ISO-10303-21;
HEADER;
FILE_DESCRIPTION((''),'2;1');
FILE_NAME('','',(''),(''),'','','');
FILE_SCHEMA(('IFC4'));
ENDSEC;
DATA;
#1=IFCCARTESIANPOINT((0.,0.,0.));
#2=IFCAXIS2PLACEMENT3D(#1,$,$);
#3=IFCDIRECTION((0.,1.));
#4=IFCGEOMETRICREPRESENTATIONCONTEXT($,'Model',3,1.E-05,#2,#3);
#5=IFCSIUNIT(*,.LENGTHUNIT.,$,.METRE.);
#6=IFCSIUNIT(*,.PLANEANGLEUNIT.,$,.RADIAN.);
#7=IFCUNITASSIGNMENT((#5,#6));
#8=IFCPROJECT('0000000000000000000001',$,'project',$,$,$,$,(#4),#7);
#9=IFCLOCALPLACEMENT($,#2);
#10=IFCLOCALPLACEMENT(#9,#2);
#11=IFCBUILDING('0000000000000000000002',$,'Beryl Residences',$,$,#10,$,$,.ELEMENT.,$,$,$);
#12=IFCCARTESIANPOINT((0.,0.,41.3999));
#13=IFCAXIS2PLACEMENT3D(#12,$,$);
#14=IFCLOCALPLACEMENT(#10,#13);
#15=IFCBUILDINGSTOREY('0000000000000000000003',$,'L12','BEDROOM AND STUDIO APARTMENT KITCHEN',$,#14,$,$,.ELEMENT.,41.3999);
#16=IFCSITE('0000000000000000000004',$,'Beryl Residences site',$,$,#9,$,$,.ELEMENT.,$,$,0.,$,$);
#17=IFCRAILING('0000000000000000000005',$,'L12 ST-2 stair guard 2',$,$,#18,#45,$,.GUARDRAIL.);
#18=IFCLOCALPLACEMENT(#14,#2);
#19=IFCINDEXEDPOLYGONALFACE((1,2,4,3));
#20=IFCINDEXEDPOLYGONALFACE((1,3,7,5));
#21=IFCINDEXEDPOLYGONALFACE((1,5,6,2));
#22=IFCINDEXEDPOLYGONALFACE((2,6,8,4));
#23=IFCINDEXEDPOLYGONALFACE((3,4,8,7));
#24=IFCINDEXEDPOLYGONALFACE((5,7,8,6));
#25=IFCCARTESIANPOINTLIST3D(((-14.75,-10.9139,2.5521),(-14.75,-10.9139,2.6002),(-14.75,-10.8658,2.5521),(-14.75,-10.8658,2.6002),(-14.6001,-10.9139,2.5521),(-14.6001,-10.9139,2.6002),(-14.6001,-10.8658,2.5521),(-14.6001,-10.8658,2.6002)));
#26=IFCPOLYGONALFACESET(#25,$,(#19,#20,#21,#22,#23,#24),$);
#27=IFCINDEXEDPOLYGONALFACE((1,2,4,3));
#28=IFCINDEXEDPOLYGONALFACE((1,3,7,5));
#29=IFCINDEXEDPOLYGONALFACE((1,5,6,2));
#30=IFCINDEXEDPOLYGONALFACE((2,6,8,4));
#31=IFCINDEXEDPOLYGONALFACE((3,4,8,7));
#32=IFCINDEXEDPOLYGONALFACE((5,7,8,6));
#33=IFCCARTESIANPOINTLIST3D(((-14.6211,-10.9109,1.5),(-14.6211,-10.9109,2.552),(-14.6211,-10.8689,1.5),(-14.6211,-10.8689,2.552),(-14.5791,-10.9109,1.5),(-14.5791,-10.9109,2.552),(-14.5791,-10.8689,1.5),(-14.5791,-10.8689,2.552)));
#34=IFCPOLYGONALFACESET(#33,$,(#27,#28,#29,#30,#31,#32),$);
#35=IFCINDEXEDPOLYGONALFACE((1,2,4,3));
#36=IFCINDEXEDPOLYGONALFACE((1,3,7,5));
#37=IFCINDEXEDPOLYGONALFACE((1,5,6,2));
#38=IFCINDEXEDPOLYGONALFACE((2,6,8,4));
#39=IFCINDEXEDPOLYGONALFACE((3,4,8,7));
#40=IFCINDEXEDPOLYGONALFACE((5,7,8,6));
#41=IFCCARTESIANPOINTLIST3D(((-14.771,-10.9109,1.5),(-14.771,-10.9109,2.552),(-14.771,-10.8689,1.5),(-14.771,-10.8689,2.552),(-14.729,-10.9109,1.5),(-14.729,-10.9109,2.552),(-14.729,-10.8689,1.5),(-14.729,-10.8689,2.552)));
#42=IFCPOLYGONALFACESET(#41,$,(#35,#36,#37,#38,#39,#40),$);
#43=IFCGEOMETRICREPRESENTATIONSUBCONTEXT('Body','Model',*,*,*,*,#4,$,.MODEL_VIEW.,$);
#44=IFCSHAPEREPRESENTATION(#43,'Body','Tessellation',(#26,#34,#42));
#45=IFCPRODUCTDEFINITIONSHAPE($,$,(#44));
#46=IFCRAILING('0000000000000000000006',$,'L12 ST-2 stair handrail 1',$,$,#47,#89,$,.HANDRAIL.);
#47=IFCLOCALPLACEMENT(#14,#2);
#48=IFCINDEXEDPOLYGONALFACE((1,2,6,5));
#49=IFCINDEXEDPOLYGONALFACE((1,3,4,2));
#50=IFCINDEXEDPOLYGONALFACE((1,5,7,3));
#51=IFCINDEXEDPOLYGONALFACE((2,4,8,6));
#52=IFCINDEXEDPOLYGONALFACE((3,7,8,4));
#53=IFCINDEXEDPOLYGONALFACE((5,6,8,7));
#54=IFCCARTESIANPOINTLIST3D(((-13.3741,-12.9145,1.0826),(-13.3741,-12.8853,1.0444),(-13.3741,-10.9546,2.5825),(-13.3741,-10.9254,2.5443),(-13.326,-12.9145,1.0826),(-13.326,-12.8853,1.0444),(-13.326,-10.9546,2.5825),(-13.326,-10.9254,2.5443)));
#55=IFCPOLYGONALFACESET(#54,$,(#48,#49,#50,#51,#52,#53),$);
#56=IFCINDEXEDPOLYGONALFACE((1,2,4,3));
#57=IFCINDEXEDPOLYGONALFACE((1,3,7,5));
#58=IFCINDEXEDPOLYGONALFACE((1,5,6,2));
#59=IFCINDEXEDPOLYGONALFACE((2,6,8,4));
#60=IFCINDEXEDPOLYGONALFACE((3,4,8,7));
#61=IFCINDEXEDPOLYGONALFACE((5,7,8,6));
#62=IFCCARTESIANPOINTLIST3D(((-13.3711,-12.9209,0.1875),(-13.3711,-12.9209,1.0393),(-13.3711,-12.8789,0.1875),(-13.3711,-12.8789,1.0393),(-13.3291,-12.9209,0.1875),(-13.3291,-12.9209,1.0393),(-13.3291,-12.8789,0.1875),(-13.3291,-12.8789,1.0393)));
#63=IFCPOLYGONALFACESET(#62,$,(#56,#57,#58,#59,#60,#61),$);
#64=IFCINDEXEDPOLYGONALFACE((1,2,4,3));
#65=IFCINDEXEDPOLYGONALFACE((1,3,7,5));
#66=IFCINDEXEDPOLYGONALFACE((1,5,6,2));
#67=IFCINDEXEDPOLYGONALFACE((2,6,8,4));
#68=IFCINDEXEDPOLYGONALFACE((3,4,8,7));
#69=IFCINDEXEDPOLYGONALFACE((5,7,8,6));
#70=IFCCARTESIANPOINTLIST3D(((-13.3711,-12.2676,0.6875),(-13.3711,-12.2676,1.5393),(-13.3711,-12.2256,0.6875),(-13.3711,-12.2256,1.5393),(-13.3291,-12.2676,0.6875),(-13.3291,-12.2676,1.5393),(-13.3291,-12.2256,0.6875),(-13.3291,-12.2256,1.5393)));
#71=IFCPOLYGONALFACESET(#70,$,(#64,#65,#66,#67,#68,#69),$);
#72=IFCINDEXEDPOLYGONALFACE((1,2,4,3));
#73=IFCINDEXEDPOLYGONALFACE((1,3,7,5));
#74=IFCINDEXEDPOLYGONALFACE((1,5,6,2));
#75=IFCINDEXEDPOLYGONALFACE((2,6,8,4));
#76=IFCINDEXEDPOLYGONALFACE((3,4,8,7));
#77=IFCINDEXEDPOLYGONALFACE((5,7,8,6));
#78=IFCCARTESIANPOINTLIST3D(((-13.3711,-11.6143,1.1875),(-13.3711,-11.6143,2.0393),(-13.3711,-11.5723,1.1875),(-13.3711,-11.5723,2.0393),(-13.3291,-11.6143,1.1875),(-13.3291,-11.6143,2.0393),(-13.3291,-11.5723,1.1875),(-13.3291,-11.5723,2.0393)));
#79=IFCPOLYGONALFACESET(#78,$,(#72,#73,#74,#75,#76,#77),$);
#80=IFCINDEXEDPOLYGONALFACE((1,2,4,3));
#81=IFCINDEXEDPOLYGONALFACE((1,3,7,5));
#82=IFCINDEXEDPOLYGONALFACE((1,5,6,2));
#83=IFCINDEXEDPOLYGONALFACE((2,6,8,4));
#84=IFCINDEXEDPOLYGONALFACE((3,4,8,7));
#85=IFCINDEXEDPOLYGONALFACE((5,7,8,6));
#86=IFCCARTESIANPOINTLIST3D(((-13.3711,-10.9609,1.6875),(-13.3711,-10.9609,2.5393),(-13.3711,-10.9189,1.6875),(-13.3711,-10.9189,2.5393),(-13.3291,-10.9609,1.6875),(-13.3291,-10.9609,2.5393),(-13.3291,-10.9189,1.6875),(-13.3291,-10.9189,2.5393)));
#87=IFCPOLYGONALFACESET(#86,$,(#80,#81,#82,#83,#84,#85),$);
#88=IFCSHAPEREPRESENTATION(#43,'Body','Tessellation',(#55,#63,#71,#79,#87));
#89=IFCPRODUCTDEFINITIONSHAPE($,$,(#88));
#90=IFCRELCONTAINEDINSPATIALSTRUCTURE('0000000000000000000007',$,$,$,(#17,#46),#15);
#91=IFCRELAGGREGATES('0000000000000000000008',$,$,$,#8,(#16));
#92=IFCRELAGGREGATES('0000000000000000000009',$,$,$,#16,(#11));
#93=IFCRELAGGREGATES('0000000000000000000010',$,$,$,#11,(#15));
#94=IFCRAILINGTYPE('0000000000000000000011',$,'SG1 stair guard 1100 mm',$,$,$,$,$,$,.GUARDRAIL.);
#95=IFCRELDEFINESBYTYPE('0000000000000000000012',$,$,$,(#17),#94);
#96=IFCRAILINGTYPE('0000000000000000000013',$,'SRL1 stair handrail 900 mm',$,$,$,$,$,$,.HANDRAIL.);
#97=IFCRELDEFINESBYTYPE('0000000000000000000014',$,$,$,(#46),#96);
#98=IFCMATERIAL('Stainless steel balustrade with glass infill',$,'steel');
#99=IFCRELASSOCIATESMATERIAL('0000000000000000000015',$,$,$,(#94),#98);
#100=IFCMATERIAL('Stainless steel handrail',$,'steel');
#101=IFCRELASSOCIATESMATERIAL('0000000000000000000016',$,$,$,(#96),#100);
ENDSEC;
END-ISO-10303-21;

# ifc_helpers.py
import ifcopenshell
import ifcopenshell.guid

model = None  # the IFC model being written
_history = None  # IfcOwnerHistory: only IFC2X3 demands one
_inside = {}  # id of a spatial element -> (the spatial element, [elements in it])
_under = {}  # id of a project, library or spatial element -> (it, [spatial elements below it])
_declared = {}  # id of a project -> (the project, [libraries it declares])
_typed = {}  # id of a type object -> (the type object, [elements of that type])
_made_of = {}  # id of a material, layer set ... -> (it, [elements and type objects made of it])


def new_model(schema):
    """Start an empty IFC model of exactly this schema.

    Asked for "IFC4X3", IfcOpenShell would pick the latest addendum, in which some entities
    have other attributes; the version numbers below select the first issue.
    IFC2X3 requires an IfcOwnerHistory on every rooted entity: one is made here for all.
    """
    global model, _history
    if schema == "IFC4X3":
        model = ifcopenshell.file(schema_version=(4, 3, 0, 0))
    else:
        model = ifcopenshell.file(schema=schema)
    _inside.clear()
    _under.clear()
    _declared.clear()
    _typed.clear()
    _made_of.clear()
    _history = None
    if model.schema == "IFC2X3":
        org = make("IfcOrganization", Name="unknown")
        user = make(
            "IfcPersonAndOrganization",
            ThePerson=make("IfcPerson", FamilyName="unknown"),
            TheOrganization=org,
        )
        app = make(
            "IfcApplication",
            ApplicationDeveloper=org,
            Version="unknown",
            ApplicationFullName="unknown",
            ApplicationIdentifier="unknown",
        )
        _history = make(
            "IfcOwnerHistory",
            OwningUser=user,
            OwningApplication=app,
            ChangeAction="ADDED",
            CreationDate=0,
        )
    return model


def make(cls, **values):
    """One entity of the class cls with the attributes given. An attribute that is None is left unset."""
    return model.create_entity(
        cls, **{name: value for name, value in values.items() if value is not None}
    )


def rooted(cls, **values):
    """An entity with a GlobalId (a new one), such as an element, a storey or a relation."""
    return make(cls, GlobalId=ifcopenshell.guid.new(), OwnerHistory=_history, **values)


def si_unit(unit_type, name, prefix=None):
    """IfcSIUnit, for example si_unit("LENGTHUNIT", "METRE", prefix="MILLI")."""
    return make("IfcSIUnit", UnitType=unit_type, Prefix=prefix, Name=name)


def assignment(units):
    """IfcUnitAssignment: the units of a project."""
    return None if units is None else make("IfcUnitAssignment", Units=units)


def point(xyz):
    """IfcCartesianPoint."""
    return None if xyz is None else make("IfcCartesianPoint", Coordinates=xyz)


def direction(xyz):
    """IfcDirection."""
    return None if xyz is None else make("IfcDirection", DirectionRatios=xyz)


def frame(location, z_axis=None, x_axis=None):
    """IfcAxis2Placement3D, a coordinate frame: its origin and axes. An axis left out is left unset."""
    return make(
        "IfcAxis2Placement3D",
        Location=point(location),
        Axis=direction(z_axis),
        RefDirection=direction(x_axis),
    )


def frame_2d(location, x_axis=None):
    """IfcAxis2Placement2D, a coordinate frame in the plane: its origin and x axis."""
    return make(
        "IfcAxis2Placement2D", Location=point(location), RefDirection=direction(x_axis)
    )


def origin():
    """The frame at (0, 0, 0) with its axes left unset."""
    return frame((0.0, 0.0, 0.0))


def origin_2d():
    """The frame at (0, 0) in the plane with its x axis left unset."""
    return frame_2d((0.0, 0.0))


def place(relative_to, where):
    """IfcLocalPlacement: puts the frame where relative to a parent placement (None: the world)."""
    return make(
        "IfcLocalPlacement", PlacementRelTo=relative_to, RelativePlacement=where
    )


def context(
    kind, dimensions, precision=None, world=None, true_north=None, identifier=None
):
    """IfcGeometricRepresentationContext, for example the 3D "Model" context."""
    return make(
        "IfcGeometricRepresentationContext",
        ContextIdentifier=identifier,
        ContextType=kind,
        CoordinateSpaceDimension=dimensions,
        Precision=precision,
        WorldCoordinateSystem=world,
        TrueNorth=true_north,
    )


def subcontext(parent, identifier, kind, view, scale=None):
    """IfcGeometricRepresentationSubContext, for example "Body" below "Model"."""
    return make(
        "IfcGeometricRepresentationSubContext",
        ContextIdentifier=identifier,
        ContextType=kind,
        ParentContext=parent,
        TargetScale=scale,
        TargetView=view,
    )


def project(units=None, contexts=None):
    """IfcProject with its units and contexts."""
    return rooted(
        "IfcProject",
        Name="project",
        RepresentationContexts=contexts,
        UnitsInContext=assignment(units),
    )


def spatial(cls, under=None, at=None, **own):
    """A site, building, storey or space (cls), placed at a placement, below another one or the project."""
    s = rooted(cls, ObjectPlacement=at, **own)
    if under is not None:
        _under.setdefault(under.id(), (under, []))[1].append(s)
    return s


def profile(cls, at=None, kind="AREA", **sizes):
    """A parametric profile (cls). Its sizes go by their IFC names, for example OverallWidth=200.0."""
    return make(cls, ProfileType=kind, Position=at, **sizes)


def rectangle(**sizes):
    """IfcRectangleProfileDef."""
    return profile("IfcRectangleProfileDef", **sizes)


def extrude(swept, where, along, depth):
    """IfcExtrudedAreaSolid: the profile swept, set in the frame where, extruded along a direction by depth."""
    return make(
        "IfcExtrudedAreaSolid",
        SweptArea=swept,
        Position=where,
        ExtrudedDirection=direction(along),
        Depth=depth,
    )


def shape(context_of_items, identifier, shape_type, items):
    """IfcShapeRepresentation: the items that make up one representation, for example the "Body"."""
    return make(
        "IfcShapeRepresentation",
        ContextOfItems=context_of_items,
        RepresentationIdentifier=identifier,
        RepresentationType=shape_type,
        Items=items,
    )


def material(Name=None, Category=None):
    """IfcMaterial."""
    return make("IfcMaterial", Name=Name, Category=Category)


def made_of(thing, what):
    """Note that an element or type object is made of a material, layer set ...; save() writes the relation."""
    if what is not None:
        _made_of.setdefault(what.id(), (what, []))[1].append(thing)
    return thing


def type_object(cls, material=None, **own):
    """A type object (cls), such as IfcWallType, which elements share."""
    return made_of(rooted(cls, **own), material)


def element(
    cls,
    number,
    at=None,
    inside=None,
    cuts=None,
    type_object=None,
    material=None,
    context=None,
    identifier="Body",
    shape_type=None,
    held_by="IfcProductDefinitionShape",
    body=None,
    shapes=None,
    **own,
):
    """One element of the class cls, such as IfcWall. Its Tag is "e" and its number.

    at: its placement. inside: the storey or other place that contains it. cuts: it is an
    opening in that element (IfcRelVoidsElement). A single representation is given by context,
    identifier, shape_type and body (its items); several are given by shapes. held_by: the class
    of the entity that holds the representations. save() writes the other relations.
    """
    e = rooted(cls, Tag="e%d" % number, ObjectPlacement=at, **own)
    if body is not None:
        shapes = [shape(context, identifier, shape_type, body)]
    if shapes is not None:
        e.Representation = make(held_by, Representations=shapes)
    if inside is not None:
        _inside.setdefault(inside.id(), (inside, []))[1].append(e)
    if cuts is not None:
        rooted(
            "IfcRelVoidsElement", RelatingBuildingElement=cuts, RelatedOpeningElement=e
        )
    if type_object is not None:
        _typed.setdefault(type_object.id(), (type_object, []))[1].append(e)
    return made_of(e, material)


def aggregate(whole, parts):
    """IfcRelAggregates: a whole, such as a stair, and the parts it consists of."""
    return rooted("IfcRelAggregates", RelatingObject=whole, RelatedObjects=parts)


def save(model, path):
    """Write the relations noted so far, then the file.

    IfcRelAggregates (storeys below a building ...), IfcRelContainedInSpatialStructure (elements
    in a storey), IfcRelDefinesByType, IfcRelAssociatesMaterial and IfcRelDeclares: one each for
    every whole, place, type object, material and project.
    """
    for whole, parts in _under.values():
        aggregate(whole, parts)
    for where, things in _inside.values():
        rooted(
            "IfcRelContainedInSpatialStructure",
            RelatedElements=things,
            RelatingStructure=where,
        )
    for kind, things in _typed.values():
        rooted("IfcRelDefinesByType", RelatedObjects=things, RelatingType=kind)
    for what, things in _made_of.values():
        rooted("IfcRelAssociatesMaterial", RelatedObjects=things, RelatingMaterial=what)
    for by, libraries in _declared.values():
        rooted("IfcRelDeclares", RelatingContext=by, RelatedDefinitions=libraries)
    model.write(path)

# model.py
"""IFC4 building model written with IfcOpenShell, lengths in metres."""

from ifc_helpers import new_model, si_unit, direction, frame, origin, origin_2d, place, context, subcontext, project, spatial, rectangle, extrude, material, type_object, element, save


model = new_model("IFC4")

# Units and contexts
model_context = context("Model", 3, precision=1e-05, world=origin(), true_north=direction((0.0, 1.0)))
body_context = subcontext(model_context, "Body", "Model", "MODEL_VIEW")
ifc_project = project(units=[si_unit("LENGTHUNIT", "METRE"), si_unit("PLANEANGLEUNIT", "RADIAN")], contexts=[model_context])

# Site, building, storey
site_placement = place(None, origin())
site = spatial("IfcSite", under=ifc_project, at=site_placement, Name="Beryl Residences site", CompositionType="ELEMENT", RefElevation=0.0)
building_placement = place(site_placement, origin())
building = spatial("IfcBuilding", under=site, at=building_placement, Name="Beryl Residences", CompositionType="ELEMENT")
storey_placement = place(building_placement, frame((0.0, 0.0, 41.3999)))
storey = spatial("IfcBuildingStorey", under=building, at=storey_placement, Name="L12", Description="BEDROOM AND STUDIO APARTMENT KITCHEN", CompositionType="ELEMENT", Elevation=41.3999)

# Railings
ifc_material_1 = material(Name="Stainless steel balustrade with glass infill", Category="steel")
railing_type_1 = type_object("IfcRailingType", Name="SG1 stair guard 1100 mm", PredefinedType="GUARDRAIL", material=ifc_material_1)
railing_1_placement = place(storey_placement, frame((-14.6001, -10.8899, 1.5)))
element("IfcRailing", 1, at=railing_1_placement, inside=storey, type_object=railing_type_1, Name="L12 ST-2 stair guard 2", PredefinedType="GUARDRAIL", context=body_context, shape_type="SweptSolid", body=[
    extrude(rectangle(XDim=0.0481, YDim=0.0481, at=origin_2d()), frame((0.0, 0.0, 1.0762), z_axis=(-1.0, 0.0, 0.0), x_axis=(0.0, -1.0, 0.0)), (0.0, 0.0, 1.0), 0.1499),
    extrude(rectangle(XDim=0.042, YDim=0.042, at=origin_2d()), origin(), (0.0, 0.0, 1.0), 1.052),
    extrude(rectangle(XDim=0.042, YDim=0.042, at=origin_2d()), frame((-0.1499, 0.0, 0.0)), (0.0, 0.0, 1.0), 1.052),
])
ifc_material_2 = material(Name="Stainless steel handrail", Category="steel")
railing_type_2 = type_object("IfcRailingType", Name="SRL1 stair handrail 900 mm", PredefinedType="HANDRAIL", material=ifc_material_2)
railing_2_placement = place(storey_placement, frame((-13.3501, -12.8999, 0.1875)))
element("IfcRailing", 2, at=railing_2_placement, inside=storey, type_object=railing_type_2, Name="L12 ST-2 stair handrail 1", PredefinedType="HANDRAIL", context=body_context, shape_type="SweptSolid", body=[
    extrude(rectangle(XDim=0.0481, YDim=0.0481, at=origin_2d()), frame((0.0, 0.0, 0.876), z_axis=(0.0, 0.794122, 0.607758), x_axis=(-1.0, 0.0, 0.0)), (0.0, 0.0, 1.0), 2.468),
    extrude(rectangle(XDim=0.042, YDim=0.042, at=origin_2d()), origin(), (0.0, 0.0, 1.0), 0.8518),
    extrude(rectangle(XDim=0.042, YDim=0.042, at=origin_2d()), frame((0.0, 0.6533, 0.5)), (0.0, 0.0, 1.0), 0.8518),
    extrude(rectangle(XDim=0.042, YDim=0.042, at=origin_2d()), frame((0.0, 1.3066, 1.0)), (0.0, 0.0, 1.0), 0.8518),
    extrude(rectangle(XDim=0.042, YDim=0.042, at=origin_2d()), frame((0.0, 1.96, 1.5)), (0.0, 0.0, 1.0), 0.8518),
])

save(model, "model.ifc")
